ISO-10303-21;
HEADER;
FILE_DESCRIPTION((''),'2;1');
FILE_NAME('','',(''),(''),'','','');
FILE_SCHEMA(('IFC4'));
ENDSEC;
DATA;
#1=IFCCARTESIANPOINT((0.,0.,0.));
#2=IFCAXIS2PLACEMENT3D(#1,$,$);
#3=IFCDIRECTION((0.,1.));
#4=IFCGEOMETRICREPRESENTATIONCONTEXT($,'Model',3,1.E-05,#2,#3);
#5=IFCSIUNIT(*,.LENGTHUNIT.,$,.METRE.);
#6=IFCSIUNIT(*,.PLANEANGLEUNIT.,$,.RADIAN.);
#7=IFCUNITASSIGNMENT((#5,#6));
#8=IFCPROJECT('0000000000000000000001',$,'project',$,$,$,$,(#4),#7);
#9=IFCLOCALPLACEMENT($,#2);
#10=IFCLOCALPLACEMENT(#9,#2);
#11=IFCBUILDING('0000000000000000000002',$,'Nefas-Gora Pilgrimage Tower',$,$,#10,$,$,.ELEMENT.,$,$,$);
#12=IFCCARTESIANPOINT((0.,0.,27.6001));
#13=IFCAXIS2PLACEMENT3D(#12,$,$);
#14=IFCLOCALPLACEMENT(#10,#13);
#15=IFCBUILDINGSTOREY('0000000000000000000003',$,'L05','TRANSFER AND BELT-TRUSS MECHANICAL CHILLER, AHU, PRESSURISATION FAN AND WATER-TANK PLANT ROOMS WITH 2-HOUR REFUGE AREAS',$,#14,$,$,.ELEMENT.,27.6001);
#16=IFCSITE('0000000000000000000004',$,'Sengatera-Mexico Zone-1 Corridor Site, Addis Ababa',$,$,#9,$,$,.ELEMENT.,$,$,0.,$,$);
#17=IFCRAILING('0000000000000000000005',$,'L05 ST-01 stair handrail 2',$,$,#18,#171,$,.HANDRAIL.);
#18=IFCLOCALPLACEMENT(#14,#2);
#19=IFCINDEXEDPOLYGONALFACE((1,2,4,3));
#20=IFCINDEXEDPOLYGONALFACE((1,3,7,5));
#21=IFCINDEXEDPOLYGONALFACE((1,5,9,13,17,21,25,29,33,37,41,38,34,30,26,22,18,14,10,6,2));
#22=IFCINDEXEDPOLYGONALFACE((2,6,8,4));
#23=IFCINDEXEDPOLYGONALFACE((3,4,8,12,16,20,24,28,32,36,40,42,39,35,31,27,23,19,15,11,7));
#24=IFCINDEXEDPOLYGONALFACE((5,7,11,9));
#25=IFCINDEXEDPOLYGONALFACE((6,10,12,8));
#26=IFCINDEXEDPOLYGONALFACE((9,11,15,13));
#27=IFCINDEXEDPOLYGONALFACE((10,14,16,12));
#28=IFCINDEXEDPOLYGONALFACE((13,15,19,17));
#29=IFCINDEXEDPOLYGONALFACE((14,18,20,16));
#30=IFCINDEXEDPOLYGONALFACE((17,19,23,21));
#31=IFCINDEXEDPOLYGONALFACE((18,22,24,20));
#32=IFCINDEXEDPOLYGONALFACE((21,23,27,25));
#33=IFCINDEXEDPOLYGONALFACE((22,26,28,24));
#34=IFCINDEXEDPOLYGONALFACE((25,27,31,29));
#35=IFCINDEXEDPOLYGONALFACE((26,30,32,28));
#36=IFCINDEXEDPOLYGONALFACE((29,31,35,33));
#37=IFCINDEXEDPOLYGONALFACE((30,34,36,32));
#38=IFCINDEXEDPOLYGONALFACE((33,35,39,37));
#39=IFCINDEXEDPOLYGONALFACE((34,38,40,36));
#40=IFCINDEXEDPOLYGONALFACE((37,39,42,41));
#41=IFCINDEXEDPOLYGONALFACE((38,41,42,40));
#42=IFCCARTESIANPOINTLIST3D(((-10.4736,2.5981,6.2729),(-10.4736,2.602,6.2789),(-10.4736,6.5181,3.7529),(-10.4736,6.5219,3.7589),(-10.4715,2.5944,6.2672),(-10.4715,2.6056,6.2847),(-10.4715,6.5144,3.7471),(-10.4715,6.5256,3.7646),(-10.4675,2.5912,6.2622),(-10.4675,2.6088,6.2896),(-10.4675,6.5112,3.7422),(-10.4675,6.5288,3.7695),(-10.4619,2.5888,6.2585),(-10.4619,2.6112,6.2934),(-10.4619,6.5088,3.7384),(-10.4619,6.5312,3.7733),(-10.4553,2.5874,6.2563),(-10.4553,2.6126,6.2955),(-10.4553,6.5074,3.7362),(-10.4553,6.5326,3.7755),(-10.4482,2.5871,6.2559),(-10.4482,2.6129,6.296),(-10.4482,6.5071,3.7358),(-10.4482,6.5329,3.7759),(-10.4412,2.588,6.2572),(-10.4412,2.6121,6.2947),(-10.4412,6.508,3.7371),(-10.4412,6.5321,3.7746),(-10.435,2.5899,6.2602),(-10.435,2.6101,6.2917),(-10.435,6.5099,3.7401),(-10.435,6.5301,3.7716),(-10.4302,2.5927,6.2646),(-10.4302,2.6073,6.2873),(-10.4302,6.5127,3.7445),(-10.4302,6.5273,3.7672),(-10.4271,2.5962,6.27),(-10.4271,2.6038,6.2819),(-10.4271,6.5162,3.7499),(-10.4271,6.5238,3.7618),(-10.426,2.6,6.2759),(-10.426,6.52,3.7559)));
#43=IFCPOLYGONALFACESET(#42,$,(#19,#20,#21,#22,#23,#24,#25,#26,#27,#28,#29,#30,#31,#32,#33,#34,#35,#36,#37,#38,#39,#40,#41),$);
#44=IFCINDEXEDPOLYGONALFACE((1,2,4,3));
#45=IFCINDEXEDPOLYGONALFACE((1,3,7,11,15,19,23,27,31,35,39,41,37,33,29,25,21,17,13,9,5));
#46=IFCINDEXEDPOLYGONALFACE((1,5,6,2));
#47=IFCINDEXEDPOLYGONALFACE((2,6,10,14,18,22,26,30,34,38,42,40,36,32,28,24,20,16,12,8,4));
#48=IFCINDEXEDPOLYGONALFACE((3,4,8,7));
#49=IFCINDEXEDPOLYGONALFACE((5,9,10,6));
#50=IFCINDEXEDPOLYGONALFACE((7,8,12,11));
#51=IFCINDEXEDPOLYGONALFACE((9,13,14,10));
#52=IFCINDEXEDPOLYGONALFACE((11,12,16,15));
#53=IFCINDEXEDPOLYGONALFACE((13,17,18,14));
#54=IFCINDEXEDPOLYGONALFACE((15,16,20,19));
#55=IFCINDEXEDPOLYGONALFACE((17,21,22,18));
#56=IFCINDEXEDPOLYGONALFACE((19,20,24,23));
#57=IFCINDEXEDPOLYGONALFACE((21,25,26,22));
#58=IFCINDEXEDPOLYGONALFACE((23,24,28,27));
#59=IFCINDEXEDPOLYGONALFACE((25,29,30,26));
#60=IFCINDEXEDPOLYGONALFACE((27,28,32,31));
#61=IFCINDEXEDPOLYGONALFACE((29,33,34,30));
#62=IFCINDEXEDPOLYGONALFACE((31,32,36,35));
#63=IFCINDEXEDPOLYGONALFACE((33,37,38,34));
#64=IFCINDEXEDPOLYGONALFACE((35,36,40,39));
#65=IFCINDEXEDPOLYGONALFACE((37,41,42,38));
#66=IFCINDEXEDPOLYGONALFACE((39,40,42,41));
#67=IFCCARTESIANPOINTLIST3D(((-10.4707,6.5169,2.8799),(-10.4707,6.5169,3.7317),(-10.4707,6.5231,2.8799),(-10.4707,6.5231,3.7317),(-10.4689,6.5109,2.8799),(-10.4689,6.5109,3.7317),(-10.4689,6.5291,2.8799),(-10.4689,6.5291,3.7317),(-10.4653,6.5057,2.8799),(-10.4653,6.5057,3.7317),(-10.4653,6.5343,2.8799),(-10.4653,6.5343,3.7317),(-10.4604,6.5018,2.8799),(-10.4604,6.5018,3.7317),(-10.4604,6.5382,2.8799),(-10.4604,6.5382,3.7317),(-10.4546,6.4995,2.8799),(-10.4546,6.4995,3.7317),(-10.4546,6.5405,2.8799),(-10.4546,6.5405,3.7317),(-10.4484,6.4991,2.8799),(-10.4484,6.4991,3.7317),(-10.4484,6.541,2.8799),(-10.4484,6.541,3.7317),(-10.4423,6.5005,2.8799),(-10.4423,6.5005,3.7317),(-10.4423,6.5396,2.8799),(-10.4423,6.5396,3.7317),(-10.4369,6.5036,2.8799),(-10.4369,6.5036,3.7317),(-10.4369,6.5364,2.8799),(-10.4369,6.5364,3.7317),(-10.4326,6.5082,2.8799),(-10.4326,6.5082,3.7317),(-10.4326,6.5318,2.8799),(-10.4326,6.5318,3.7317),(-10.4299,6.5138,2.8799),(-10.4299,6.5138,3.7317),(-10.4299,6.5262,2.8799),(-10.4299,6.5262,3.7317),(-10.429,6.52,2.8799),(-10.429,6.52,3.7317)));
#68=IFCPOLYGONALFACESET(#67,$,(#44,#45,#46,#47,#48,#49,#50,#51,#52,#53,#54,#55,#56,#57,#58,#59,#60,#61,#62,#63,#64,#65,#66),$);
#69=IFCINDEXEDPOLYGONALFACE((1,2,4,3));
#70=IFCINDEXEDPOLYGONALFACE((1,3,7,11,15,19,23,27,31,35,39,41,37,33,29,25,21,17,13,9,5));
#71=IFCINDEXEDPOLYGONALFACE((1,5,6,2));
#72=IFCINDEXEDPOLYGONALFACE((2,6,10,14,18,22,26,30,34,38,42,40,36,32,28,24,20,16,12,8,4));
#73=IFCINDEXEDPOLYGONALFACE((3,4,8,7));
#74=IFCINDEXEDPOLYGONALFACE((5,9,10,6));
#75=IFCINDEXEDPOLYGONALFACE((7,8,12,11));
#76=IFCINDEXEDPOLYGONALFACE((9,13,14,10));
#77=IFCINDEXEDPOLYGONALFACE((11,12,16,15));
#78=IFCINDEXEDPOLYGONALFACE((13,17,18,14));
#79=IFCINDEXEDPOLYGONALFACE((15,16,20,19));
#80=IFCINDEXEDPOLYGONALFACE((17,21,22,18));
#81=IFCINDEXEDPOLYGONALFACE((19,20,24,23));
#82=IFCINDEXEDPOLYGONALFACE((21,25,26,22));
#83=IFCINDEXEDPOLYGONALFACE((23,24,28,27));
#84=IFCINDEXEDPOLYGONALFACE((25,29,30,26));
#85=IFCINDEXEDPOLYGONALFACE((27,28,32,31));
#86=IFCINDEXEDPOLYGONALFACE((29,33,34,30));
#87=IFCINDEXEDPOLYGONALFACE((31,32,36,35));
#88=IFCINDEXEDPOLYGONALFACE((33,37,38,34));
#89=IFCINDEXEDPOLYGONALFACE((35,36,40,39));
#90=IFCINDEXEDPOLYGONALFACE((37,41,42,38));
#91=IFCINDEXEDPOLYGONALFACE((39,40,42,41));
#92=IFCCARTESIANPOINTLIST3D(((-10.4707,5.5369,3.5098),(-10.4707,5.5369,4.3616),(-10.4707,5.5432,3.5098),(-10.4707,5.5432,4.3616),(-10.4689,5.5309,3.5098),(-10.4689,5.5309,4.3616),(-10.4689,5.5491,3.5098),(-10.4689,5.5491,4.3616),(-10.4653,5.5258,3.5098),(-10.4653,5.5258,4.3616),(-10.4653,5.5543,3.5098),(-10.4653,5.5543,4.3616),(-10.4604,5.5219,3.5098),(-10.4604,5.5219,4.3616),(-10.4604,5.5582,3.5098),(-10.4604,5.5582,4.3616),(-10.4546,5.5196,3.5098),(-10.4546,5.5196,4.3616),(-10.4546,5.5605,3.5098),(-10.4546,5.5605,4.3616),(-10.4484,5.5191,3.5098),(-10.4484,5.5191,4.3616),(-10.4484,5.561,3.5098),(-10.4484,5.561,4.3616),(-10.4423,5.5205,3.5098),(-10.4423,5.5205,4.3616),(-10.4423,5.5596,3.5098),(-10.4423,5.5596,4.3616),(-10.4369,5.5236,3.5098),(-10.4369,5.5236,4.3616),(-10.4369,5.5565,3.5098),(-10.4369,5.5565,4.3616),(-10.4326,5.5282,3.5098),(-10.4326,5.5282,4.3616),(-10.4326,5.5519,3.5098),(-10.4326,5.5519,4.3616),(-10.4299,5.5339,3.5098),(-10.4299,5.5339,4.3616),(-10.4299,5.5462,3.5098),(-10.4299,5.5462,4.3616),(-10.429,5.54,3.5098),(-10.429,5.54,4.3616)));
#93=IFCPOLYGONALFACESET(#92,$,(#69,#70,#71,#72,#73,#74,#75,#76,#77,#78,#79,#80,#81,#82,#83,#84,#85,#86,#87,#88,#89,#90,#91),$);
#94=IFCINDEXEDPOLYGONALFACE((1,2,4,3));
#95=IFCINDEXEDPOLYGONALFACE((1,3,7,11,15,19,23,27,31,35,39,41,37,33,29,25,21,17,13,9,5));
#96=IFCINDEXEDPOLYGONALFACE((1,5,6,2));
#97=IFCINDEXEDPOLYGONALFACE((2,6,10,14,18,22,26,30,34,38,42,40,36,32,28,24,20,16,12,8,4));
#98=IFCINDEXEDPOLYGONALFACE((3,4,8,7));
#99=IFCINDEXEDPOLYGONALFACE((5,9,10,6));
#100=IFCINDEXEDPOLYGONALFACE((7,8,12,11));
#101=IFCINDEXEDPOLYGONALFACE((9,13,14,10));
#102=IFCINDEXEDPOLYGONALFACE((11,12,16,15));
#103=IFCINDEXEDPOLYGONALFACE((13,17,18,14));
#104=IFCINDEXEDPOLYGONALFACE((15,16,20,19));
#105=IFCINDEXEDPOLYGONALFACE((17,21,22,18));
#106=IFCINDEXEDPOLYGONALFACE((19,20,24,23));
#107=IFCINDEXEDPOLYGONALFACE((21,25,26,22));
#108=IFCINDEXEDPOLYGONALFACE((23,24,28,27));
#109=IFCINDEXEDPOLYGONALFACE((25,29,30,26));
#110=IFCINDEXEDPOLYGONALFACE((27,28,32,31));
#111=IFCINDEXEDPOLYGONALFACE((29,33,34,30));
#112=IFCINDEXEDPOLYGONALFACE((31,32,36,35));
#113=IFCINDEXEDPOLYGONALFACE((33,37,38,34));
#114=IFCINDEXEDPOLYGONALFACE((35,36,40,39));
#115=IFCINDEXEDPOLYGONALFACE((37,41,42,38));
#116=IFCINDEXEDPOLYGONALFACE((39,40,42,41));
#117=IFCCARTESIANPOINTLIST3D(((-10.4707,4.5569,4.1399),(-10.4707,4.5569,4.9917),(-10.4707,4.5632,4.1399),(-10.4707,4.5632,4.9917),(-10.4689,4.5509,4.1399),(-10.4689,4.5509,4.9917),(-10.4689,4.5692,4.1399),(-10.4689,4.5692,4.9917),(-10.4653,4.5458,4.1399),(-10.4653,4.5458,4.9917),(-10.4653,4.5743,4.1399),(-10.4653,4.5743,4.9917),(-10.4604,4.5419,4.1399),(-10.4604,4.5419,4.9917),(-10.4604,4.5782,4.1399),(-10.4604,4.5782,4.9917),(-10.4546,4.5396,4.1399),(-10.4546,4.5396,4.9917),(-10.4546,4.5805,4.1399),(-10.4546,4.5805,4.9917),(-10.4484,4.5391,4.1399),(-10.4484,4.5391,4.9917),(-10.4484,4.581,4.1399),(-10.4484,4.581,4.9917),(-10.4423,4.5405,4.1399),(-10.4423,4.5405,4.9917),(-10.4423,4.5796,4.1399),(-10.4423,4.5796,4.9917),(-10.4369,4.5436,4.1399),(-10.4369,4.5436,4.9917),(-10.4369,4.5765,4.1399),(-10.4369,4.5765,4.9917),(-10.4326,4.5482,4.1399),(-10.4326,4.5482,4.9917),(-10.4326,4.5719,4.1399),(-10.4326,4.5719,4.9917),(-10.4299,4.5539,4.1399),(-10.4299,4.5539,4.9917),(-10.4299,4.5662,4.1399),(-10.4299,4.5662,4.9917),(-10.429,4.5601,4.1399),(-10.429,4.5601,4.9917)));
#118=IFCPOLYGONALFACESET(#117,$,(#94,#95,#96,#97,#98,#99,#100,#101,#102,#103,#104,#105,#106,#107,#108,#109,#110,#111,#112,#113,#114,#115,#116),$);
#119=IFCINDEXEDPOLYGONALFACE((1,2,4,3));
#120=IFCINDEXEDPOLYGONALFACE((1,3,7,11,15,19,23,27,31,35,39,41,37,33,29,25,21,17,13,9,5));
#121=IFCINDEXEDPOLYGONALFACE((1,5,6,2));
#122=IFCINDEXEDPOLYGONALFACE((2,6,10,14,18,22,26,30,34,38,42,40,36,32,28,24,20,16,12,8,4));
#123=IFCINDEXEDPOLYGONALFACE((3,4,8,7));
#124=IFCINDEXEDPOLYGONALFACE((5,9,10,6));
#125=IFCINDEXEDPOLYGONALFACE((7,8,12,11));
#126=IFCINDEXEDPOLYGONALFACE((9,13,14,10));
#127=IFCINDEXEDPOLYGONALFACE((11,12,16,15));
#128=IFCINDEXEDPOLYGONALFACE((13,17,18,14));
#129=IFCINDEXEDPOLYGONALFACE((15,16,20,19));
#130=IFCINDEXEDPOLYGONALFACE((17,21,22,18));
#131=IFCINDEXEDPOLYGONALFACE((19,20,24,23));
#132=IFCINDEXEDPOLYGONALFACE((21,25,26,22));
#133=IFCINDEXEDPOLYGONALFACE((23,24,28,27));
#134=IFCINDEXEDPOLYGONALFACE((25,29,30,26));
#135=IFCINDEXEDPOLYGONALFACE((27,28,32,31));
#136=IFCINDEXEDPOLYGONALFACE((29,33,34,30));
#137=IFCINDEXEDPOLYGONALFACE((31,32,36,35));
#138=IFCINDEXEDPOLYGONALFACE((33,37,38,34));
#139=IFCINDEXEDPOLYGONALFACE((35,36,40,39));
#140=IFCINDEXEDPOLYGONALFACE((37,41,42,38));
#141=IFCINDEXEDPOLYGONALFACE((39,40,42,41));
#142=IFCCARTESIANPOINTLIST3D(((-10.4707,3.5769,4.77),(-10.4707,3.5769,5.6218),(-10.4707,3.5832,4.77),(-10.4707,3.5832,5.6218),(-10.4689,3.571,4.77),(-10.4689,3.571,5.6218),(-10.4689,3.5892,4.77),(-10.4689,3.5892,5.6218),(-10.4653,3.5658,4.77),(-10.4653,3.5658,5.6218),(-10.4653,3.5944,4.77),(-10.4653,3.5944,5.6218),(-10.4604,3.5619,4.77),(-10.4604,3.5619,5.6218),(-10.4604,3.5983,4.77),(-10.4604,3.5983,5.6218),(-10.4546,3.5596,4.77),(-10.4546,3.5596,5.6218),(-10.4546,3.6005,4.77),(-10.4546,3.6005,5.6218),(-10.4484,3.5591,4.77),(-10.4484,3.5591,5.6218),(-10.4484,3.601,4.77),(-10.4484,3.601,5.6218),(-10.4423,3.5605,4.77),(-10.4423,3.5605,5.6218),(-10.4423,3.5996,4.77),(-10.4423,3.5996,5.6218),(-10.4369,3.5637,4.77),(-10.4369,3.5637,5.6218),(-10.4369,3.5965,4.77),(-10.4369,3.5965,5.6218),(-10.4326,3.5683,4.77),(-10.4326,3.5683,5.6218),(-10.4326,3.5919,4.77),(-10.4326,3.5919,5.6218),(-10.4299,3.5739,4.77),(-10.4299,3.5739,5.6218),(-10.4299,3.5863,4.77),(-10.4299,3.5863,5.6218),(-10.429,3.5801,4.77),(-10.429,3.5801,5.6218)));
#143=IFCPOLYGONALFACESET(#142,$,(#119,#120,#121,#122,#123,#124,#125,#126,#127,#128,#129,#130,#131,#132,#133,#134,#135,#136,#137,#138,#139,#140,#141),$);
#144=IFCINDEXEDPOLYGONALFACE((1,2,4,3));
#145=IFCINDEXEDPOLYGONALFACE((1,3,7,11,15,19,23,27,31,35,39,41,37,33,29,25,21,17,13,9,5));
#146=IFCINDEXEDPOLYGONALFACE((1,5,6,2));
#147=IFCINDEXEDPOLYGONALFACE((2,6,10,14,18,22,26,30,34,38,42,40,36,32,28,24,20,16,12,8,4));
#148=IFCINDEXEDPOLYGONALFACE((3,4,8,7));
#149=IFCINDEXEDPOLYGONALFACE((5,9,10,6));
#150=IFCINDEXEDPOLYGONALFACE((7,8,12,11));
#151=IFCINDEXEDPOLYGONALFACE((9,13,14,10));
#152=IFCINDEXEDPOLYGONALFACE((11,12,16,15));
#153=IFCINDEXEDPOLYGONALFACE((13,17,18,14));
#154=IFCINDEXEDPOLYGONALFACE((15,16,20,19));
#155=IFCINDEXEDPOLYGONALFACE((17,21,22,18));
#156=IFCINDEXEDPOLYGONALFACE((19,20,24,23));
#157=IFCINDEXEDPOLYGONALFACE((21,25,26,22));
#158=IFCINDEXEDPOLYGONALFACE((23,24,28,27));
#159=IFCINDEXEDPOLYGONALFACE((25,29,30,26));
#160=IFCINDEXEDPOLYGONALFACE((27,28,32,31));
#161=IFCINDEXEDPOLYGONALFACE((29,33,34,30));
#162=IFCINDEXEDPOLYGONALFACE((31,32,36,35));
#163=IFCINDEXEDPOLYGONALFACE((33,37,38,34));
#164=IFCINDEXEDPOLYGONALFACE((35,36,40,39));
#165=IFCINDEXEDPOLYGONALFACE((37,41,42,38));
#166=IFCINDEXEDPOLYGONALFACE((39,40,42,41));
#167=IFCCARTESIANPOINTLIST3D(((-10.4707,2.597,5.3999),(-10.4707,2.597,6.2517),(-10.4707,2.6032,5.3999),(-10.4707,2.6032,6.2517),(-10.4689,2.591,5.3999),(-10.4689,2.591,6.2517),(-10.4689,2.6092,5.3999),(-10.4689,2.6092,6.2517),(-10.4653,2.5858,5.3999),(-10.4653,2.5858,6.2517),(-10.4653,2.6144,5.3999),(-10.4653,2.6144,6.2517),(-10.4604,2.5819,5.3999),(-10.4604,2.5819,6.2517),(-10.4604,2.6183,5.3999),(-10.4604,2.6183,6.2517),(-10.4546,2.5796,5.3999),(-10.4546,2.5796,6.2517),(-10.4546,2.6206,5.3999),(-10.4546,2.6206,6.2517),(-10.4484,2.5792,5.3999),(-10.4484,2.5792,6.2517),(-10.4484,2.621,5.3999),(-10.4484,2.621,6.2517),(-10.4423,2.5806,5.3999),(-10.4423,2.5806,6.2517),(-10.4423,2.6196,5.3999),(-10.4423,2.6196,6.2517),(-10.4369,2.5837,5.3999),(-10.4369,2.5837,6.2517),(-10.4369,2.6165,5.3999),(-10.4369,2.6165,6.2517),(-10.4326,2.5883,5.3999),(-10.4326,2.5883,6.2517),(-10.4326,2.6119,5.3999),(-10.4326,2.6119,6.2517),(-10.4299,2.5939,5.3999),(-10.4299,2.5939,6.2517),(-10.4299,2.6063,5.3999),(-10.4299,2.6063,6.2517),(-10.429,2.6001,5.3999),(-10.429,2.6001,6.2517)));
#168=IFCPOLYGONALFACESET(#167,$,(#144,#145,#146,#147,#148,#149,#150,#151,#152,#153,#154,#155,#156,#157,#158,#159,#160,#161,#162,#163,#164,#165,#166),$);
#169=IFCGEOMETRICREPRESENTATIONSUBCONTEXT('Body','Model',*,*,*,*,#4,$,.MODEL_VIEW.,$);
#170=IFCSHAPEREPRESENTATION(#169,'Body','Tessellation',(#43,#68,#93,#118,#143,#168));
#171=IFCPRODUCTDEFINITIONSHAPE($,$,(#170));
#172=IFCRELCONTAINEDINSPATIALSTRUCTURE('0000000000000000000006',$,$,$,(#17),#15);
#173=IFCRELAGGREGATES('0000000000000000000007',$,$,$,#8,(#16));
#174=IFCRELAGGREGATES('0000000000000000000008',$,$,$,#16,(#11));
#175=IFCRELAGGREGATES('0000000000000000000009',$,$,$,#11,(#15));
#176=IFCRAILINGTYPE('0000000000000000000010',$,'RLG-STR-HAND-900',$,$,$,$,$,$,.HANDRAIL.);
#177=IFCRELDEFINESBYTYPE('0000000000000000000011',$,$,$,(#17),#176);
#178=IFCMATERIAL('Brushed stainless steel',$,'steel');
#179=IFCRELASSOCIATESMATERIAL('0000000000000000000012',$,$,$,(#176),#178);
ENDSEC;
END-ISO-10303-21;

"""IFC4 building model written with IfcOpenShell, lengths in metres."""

from ifc_helpers import new_model, si_unit, direction, frame, origin, origin_2d, place, context, subcontext, project, spatial, circle, extrude, material, type_object, element, save


model = new_model("IFC4")

# Units and contexts
model_context = context("Model", 3, precision=1e-05, world=origin(), true_north=direction((0.0, 1.0)))
body_context = subcontext(model_context, "Body", "Model", "MODEL_VIEW")
ifc_project = project(units=[si_unit("LENGTHUNIT", "METRE"), si_unit("PLANEANGLEUNIT", "RADIAN")], contexts=[model_context])

# Site, building, storey
site_placement = place(None, origin())
site = spatial("IfcSite", under=ifc_project, at=site_placement, Name="Sengatera-Mexico Zone-1 Corridor Site, Addis Ababa", CompositionType="ELEMENT", RefElevation=0.0)
building_placement = place(site_placement, origin())
building = spatial("IfcBuilding", under=site, at=building_placement, Name="Nefas-Gora Pilgrimage Tower", CompositionType="ELEMENT")
storey_placement = place(building_placement, frame((0.0, 0.0, 27.6001)))
storey = spatial("IfcBuildingStorey", under=building, at=storey_placement, Name="L05", Description="TRANSFER AND BELT-TRUSS MECHANICAL CHILLER, AHU, PRESSURISATION FAN AND WATER-TANK PLANT ROOMS WITH 2-HOUR REFUGE AREAS", CompositionType="ELEMENT", Elevation=27.6001)

# Railing
ifc_material_1 = material(Name="Brushed stainless steel", Category="steel")
railing_type_1 = type_object("IfcRailingType", Name="RLG-STR-HAND-900", PredefinedType="HANDRAIL", material=ifc_material_1)
railing_1_placement = place(storey_placement, frame((-10.45, 6.52, 2.8799)))
element("IfcRailing", 1, at=railing_1_placement, inside=storey, type_object=railing_type_1, Name="L05 ST-01 stair handrail 2", PredefinedType="HANDRAIL", context=body_context, shape_type="SweptSolid", body=[
    extrude(circle(Radius=0.0239, at=origin_2d()), frame((0.0, 0.0, 0.876), z_axis=(0.0, -0.841172, 0.540768), x_axis=(1.0, 0.0, 0.0)), (0.0, 0.0, 1.0), 4.6602),
    extrude(circle(Radius=0.021, at=origin_2d()), origin(), (0.0, 0.0, 1.0), 0.8518),
    extrude(circle(Radius=0.021, at=origin_2d()), frame((0.0, -0.98, 0.6299)), (0.0, 0.0, 1.0), 0.8518),
    extrude(circle(Radius=0.021, at=origin_2d()), frame((0.0, -1.96, 1.26)), (0.0, 0.0, 1.0), 0.8518),
    extrude(circle(Radius=0.021, at=origin_2d()), frame((0.0, -2.9399, 1.8901)), (0.0, 0.0, 1.0), 0.8518),
    extrude(circle(Radius=0.021, at=origin_2d()), frame((0.0, -3.9199, 2.52)), (0.0, 0.0, 1.0), 0.8518),
])

save(model, "model.ifc")
